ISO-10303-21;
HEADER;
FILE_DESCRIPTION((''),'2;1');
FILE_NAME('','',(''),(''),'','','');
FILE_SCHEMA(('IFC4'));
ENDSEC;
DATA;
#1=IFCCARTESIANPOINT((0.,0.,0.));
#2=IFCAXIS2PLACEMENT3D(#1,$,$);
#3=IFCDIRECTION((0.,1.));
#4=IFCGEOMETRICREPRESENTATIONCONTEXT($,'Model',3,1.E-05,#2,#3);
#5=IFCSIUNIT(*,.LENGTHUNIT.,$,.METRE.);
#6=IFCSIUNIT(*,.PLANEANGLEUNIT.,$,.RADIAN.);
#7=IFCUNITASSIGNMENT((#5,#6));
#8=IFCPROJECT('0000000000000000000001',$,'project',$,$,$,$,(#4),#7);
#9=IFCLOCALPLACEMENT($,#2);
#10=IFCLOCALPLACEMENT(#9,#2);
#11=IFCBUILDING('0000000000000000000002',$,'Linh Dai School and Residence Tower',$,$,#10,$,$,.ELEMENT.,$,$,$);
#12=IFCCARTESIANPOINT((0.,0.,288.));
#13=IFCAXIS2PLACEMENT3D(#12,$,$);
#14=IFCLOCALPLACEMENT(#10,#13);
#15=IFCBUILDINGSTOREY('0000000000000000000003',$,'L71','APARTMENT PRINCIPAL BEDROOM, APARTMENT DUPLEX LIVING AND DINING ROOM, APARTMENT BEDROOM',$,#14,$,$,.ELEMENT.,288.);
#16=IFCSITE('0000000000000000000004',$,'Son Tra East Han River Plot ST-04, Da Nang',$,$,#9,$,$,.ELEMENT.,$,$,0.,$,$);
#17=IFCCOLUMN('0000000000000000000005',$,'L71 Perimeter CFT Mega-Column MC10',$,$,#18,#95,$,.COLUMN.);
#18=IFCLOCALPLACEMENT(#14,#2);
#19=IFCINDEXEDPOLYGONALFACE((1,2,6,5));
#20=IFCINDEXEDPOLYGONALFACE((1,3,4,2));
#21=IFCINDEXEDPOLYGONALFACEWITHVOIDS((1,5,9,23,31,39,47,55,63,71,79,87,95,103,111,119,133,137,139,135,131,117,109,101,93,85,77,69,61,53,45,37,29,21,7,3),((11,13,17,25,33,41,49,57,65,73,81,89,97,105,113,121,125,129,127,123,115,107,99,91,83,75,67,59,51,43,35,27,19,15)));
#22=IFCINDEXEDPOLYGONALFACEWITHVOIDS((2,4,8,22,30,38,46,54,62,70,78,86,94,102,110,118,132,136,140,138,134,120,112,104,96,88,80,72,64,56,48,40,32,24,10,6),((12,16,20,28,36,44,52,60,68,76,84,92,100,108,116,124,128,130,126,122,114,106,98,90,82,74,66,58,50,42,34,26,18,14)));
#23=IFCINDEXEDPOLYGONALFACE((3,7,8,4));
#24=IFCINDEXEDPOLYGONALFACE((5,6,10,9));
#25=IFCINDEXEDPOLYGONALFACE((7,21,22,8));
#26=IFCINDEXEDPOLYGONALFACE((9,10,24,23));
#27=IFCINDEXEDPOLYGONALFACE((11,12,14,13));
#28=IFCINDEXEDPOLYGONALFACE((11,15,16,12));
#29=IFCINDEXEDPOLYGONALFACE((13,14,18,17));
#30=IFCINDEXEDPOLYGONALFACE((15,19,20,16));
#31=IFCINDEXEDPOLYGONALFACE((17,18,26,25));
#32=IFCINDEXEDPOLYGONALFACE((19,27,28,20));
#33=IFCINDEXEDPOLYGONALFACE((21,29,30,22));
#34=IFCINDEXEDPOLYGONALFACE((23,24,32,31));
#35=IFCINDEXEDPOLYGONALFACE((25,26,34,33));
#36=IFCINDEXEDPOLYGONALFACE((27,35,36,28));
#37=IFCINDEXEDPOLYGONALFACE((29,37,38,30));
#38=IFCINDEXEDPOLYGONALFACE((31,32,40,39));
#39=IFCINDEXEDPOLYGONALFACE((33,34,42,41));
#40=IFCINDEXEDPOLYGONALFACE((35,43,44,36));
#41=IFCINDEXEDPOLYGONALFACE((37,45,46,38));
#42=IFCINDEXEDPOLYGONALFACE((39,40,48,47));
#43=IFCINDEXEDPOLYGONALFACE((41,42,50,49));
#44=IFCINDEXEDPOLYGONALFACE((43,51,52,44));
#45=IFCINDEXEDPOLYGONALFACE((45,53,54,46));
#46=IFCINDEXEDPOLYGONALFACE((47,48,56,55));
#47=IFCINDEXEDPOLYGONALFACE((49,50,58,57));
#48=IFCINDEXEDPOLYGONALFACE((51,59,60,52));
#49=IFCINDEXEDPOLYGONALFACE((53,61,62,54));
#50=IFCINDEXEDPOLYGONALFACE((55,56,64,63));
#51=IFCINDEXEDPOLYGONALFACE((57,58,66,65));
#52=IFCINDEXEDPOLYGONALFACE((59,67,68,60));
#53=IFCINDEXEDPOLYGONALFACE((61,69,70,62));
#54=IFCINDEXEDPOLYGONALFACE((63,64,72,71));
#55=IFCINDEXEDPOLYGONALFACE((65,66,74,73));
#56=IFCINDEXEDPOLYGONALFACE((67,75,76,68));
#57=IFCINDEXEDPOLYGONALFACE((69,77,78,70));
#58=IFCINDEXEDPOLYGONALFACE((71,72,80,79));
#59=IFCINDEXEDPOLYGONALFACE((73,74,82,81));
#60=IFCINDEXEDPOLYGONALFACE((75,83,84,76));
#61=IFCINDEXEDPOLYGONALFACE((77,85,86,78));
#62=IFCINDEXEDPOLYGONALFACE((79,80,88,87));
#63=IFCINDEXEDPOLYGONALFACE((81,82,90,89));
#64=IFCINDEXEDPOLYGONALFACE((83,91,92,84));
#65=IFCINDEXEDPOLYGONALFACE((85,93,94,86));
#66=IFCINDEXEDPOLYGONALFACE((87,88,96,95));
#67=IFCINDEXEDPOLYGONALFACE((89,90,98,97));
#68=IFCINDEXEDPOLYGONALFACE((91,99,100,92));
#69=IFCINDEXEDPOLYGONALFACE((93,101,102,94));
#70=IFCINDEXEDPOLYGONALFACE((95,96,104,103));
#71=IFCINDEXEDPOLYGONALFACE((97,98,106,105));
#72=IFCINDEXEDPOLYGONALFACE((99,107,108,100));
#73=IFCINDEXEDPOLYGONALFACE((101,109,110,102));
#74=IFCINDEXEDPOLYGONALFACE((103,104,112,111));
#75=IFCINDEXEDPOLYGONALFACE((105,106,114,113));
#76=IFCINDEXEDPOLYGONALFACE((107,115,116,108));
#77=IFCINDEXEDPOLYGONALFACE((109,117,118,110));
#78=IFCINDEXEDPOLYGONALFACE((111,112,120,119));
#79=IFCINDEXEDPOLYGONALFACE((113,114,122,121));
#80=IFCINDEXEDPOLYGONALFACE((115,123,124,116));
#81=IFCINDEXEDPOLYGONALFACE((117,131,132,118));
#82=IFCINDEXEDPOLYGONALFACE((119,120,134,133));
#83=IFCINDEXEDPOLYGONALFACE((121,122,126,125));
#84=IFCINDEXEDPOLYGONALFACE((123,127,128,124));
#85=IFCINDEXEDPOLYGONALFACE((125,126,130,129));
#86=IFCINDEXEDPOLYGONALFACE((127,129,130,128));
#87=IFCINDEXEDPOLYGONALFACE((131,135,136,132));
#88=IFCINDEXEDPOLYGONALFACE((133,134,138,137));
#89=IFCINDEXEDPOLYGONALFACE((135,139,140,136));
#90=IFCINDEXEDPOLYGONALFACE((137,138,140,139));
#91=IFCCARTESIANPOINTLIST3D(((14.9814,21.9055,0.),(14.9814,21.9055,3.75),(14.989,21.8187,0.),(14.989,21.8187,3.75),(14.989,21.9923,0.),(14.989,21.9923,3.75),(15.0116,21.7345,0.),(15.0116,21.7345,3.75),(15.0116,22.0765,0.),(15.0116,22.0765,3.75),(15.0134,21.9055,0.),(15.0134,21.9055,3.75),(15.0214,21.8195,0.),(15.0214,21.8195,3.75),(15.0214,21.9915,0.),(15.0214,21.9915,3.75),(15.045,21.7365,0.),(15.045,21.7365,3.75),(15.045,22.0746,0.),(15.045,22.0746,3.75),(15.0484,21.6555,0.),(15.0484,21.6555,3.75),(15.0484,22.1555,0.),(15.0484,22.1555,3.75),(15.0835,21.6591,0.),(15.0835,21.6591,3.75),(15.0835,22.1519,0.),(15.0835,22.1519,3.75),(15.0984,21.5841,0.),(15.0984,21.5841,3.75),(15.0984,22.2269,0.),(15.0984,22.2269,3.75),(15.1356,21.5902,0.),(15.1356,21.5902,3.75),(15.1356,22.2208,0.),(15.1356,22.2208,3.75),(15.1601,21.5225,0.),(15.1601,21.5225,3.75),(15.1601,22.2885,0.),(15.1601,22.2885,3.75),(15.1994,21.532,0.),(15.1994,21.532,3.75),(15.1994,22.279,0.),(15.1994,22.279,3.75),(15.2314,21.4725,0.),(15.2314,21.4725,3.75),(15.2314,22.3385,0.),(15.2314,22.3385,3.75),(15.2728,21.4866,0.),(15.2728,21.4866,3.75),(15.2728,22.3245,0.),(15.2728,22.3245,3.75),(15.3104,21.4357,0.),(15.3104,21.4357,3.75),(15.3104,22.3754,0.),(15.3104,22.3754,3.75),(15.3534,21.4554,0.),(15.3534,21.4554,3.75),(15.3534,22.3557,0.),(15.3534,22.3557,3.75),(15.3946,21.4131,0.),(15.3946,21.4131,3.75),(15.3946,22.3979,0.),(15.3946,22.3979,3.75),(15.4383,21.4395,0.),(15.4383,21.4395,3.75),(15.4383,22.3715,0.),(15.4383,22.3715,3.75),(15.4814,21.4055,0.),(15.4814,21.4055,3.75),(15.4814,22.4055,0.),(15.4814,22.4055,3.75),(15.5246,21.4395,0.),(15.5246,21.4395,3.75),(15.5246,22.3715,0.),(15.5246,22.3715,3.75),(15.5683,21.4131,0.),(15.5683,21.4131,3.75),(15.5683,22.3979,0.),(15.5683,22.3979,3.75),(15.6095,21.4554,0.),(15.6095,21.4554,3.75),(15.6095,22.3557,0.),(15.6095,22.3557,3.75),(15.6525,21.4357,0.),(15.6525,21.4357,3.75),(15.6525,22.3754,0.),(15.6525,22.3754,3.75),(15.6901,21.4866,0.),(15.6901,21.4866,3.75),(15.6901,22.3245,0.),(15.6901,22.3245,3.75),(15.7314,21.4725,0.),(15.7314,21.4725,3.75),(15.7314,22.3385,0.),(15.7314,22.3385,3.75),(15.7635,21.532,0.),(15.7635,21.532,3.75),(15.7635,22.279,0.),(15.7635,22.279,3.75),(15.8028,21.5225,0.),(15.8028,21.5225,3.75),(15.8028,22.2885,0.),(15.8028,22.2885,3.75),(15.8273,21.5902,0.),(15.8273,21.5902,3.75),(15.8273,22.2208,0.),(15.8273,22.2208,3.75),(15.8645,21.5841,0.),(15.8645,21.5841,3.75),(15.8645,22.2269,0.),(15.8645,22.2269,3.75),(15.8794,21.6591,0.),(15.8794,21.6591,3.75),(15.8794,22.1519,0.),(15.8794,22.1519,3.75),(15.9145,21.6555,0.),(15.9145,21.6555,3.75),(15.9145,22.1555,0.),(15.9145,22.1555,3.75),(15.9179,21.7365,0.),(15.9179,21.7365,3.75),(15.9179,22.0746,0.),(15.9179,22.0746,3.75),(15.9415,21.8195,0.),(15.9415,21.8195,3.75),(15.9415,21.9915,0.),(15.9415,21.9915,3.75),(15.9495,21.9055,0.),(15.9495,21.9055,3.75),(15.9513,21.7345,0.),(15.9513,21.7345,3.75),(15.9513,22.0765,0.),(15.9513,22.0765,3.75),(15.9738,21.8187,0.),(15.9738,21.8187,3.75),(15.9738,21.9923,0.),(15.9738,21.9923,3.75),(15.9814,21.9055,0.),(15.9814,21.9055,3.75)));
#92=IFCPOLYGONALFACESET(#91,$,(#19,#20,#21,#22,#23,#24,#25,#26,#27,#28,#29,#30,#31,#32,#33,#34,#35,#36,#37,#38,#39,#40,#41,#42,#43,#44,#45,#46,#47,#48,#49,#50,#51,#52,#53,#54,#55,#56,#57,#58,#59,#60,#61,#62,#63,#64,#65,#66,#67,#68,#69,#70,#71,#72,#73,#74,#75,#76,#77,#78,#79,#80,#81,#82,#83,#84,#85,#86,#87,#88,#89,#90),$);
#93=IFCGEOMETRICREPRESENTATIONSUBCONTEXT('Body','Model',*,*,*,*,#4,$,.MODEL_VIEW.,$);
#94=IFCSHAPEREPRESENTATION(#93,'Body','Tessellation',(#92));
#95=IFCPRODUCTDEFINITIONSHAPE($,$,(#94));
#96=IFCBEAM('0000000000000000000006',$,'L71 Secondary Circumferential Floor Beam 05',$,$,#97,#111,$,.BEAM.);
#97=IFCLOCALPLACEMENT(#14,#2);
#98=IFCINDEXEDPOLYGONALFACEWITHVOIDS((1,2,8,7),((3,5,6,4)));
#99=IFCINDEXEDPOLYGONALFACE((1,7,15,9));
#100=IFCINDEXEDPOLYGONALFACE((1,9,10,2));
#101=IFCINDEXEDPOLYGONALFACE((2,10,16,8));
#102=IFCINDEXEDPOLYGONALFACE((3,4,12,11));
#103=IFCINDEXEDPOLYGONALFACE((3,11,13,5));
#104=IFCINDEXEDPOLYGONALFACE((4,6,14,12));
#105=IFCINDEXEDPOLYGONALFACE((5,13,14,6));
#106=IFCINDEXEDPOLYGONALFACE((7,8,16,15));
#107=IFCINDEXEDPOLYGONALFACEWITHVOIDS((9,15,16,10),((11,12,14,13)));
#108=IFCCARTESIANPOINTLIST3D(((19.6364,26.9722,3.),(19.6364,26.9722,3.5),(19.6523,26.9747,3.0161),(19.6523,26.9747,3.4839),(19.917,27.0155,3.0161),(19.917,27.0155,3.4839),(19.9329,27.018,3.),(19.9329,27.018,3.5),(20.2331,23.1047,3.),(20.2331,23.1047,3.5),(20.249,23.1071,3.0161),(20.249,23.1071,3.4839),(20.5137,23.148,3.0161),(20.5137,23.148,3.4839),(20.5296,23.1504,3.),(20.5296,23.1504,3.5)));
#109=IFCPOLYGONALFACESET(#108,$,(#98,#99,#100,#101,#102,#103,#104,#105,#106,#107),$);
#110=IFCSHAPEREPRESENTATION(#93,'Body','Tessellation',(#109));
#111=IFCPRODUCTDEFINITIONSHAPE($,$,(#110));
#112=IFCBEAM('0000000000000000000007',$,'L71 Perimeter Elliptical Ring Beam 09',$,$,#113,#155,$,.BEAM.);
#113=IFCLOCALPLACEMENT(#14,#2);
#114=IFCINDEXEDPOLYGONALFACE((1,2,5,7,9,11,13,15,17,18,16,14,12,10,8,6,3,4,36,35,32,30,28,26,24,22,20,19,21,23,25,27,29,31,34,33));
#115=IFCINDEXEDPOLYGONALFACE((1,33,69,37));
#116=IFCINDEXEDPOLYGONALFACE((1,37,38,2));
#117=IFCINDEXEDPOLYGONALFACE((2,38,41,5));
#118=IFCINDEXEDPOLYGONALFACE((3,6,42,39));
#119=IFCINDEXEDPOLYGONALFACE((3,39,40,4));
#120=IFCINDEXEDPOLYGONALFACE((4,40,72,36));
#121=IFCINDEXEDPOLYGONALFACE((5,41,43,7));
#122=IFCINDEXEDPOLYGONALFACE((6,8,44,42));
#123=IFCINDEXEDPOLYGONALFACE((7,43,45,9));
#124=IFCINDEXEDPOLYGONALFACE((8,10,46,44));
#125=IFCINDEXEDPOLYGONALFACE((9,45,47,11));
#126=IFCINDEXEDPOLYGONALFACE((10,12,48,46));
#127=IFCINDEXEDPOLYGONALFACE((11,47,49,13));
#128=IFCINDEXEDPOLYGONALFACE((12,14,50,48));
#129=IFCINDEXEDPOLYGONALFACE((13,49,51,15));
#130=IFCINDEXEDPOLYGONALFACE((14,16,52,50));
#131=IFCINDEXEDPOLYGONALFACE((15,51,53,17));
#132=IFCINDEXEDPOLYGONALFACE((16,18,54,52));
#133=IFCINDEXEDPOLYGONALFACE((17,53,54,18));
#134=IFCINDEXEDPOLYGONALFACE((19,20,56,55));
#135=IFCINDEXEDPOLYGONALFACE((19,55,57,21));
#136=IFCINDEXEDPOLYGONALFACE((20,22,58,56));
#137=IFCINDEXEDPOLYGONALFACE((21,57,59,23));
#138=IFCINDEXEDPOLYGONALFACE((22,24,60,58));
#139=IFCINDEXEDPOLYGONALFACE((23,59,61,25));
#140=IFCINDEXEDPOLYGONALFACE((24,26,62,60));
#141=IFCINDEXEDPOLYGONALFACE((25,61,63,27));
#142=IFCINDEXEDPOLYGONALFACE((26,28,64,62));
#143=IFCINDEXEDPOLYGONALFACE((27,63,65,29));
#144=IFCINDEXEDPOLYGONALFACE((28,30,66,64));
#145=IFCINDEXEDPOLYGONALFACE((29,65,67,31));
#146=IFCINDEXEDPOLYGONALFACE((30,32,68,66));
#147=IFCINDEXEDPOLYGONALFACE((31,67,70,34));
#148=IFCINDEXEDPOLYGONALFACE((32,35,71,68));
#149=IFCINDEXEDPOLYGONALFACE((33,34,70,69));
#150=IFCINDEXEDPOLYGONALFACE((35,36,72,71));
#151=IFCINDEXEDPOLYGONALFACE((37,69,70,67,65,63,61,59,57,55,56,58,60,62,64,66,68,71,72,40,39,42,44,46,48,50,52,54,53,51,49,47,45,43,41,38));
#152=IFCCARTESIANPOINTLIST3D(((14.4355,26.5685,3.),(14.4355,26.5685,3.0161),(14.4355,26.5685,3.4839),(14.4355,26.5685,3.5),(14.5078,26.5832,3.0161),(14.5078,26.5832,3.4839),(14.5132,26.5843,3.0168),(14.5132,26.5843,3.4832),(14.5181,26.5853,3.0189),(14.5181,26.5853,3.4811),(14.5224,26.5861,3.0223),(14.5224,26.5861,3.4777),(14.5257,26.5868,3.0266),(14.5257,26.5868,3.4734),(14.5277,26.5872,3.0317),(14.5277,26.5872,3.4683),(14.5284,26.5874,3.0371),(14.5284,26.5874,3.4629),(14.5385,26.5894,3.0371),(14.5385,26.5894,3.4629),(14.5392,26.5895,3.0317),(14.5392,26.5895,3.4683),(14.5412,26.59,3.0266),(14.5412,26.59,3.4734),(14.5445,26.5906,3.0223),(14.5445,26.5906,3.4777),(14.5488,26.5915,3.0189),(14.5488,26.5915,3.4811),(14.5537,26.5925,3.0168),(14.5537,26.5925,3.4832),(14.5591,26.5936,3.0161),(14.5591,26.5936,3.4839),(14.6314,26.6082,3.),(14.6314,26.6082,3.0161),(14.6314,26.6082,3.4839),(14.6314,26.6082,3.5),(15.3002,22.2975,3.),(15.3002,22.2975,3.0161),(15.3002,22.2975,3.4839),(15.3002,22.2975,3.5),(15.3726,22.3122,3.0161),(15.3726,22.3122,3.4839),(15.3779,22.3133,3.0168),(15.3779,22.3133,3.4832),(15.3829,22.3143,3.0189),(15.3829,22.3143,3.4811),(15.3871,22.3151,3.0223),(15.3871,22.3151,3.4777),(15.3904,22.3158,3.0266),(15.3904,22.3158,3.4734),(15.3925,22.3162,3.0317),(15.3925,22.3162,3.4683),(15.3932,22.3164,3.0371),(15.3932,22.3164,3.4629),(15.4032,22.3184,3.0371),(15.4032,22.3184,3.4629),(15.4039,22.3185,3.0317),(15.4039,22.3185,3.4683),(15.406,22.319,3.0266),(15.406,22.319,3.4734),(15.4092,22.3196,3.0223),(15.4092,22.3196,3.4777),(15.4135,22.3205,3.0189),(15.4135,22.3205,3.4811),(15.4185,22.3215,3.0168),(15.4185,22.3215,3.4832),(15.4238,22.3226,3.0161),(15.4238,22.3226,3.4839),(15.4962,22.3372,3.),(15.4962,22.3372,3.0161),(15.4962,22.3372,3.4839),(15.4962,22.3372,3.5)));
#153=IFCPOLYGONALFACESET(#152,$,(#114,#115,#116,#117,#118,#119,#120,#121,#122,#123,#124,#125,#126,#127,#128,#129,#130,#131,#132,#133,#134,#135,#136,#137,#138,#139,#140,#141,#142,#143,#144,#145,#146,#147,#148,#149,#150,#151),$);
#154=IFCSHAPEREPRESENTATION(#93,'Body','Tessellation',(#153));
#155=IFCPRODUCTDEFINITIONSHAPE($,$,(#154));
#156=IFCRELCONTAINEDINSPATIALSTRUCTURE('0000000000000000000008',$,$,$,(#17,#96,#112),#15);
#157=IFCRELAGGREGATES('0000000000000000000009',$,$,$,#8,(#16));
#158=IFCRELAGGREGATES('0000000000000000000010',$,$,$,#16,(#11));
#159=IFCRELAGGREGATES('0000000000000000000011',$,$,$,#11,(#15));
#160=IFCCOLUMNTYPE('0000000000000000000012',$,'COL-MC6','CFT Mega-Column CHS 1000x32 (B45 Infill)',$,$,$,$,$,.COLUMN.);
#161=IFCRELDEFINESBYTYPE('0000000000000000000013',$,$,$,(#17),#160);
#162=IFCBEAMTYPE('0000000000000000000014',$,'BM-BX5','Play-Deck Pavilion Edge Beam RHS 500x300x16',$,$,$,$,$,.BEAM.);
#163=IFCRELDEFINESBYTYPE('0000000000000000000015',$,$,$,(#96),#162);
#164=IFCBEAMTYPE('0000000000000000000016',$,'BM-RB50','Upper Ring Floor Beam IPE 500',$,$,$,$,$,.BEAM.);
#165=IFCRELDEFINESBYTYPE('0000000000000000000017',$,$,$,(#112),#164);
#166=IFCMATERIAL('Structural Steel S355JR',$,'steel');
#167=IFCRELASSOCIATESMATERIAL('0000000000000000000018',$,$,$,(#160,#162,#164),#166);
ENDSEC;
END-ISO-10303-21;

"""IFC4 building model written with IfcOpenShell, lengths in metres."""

from ifc_helpers import new_model, si_unit, direction, frame, origin, origin_2d, place, context, subcontext, project, spatial, hollow_rectangle, hollow_circle, i_section, extrude, material, material_profile, profile_set, type_object, element, save


model = new_model("IFC4")

# Units and contexts
model_context = context("Model", 3, precision=1e-05, world=origin(), true_north=direction((0.0, 1.0)))
body_context = subcontext(model_context, "Body", "Model", "MODEL_VIEW")
ifc_project = project(units=[si_unit("LENGTHUNIT", "METRE"), si_unit("PLANEANGLEUNIT", "RADIAN")], contexts=[model_context])

# Site, building, storey
site_placement = place(None, origin())
site = spatial("IfcSite", under=ifc_project, at=site_placement, Name="Son Tra East Han River Plot ST-04, Da Nang", CompositionType="ELEMENT", RefElevation=0.0)
building_placement = place(site_placement, origin())
building = spatial("IfcBuilding", under=site, at=building_placement, Name="Linh Dai School and Residence Tower", CompositionType="ELEMENT")
storey_placement = place(building_placement, frame((0.0, 0.0, 288.0)))
storey = spatial("IfcBuildingStorey", under=building, at=storey_placement, Name="L71", Description="APARTMENT PRINCIPAL BEDROOM, APARTMENT DUPLEX LIVING AND DINING ROOM, APARTMENT BEDROOM", CompositionType="ELEMENT", Elevation=288.0)

# Column
ifc_material_1 = material(Name="Structural Steel S355JR", Category="steel")
ifc_material_profile_1 = material_profile(ifc_material_1, hollow_circle(Radius=0.5, WallThickness=0.032, at=origin_2d()), Name="CHS 1000x32")
ifc_profile_set_1 = profile_set([ifc_material_profile_1], Name="Structural Steel S355JR")
column_type = type_object("IfcColumnType", Name="COL-MC6", Description="CFT Mega-Column CHS 1000x32 (B45 Infill)", PredefinedType="COLUMN", material=ifc_profile_set_1)
column_placement = place(storey_placement, frame((15.4814, 21.9055, 0.0), z_axis=(0.0, 0.0, 1.0), x_axis=(1.0, 0.0, 0.0)))
element("IfcColumn", 1, at=column_placement, inside=storey, type_object=column_type, Name="L71 Perimeter CFT Mega-Column MC10", PredefinedType="COLUMN", context=body_context, shape_type="SweptSolid", body=[
    extrude(hollow_circle(Radius=0.5, WallThickness=0.032, at=origin_2d()), origin(), (0.0, 0.0, 1.0), 3.75),
])

# Beams
ifc_material_profile_2 = material_profile(ifc_material_1, hollow_rectangle(XDim=0.3, YDim=0.5, WallThickness=0.0161, at=origin_2d()), Name="RHS 500x300x16")
ifc_profile_set_2 = profile_set([ifc_material_profile_2], Name="Structural Steel S355JR")
beam_type_1 = type_object("IfcBeamType", Name="BM-BX5", Description="Play-Deck Pavilion Edge Beam RHS 500x300x16", PredefinedType="BEAM", material=ifc_profile_set_2)
beam_1_placement = place(storey_placement, frame((19.7847, 26.9951, 3.25), z_axis=(0.15247, -0.988308, 0.0), x_axis=(0.988308, 0.15247, 0.0)))
element("IfcBeam", 2, at=beam_1_placement, inside=storey, type_object=beam_type_1, Name="L71 Secondary Circumferential Floor Beam 05", PredefinedType="BEAM", context=body_context, shape_type="SweptSolid", body=[
    extrude(hollow_rectangle(XDim=0.3, YDim=0.5, WallThickness=0.0161, at=origin_2d()), origin(), (0.0, 0.0, 1.0), 3.9133),
])
ifc_material_profile_3 = material_profile(ifc_material_1, i_section(OverallWidth=0.2, OverallDepth=0.5, WebThickness=0.0103, FlangeThickness=0.0161, FilletRadius=0.021, at=origin_2d()), Name="IPE 500")
ifc_profile_set_3 = profile_set([ifc_material_profile_3], Name="Structural Steel S355JR")
beam_type_2 = type_object("IfcBeamType", Name="BM-RB50", Description="Upper Ring Floor Beam IPE 500", PredefinedType="BEAM", material=ifc_profile_set_3)
beam_2_placement = place(storey_placement, frame((14.5334, 26.5884, 3.25), z_axis=(0.198443, -0.980112, 0.0), x_axis=(0.980112, 0.198443, 0.0)))
element("IfcBeam", 3, at=beam_2_placement, inside=storey, type_object=beam_type_2, Name="L71 Perimeter Elliptical Ring Beam 09", PredefinedType="BEAM", context=body_context, shape_type="SweptSolid", body=[
    extrude(i_section(OverallWidth=0.2, OverallDepth=0.5, WebThickness=0.0103, FlangeThickness=0.0161, FilletRadius=0.021, at=origin_2d()), origin(), (0.0, 0.0, 1.0), 4.3577),
])

save(model, "model.ifc")
